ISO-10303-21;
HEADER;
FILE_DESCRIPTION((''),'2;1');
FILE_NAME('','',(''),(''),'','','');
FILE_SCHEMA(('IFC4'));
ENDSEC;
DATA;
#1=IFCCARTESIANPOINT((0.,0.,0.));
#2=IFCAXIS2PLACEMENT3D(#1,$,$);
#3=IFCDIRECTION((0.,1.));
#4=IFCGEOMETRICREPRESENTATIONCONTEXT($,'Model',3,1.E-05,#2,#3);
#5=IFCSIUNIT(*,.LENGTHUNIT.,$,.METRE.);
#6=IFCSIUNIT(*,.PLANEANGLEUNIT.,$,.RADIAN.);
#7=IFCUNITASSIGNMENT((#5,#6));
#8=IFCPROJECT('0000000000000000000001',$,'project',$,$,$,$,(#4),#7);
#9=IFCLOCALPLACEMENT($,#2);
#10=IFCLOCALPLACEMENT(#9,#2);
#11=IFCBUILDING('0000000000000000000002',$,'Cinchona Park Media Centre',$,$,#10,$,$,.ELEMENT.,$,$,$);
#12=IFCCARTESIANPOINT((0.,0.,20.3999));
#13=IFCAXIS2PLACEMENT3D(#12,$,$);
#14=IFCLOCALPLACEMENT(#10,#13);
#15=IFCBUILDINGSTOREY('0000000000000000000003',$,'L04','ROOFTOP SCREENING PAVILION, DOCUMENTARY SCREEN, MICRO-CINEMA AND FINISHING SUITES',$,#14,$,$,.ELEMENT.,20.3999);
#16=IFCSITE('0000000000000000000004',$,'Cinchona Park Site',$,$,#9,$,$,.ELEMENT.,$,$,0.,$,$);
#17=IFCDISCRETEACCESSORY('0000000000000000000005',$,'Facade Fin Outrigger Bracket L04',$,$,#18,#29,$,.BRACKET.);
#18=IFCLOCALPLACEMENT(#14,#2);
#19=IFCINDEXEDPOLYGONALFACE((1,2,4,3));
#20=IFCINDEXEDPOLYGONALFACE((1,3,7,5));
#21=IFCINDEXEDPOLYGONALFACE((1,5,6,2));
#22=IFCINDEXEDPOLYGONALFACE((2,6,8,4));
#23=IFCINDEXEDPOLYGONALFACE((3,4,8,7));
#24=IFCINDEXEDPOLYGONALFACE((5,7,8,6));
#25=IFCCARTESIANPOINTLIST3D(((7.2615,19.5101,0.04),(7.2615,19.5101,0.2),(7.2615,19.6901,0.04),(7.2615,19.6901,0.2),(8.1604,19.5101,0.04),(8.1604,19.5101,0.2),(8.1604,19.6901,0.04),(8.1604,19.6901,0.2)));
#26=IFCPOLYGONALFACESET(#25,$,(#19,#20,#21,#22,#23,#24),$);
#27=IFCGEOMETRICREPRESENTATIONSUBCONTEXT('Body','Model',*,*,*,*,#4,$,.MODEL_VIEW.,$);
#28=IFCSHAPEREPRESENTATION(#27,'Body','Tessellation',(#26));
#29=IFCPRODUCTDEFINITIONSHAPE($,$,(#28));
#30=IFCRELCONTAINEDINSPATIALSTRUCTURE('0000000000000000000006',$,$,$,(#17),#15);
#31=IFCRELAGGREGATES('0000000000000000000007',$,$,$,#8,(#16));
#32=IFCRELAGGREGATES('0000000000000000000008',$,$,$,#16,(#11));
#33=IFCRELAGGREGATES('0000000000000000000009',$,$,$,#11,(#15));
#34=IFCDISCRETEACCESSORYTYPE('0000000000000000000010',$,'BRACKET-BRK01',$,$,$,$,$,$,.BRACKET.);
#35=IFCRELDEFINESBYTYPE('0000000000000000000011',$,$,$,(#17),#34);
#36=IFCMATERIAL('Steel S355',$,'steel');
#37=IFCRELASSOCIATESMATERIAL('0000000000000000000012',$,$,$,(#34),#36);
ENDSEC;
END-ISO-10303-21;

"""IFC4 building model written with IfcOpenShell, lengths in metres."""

from ifc_helpers import new_model, si_unit, direction, frame, origin, origin_2d, place, context, subcontext, project, spatial, rectangle, extrude, material, type_object, element, save


model = new_model("IFC4")

# Units and contexts
model_context = context("Model", 3, precision=1e-05, world=origin(), true_north=direction((0.0, 1.0)))
body_context = subcontext(model_context, "Body", "Model", "MODEL_VIEW")
ifc_project = project(units=[si_unit("LENGTHUNIT", "METRE"), si_unit("PLANEANGLEUNIT", "RADIAN")], contexts=[model_context])

# Site, building, storey
site_placement = place(None, origin())
site = spatial("IfcSite", under=ifc_project, at=site_placement, Name="Cinchona Park Site", CompositionType="ELEMENT", RefElevation=0.0)
building_placement = place(site_placement, origin())
building = spatial("IfcBuilding", under=site, at=building_placement, Name="Cinchona Park Media Centre", CompositionType="ELEMENT")
storey_placement = place(building_placement, frame((0.0, 0.0, 20.3999)))
storey = spatial("IfcBuildingStorey", under=building, at=storey_placement, Name="L04", Description="ROOFTOP SCREENING PAVILION, DOCUMENTARY SCREEN, MICRO-CINEMA AND FINISHING SUITES", CompositionType="ELEMENT", Elevation=20.3999)

# Discrete accessory
ifc_material_1 = material(Name="Steel S355", Category="steel")
discrete_accessory_type = type_object("IfcDiscreteAccessoryType", Name="BRACKET-BRK01", PredefinedType="BRACKET", material=ifc_material_1)
discrete_accessory_1_placement = place(storey_placement, frame((7.7109, 19.6001, 0.04), z_axis=(0.0, 0.0, 1.0), x_axis=(0.0, -1.0, 0.0)))
element("IfcDiscreteAccessory", 1, at=discrete_accessory_1_placement, inside=storey, type_object=discrete_accessory_type, Name="Facade Fin Outrigger Bracket L04", PredefinedType="BRACKET", context=body_context, shape_type="SweptSolid", body=[
    extrude(rectangle(XDim=0.1799, YDim=0.8989, at=origin_2d()), origin(), (0.0, 0.0, 1.0), 0.1599),
])

save(model, "model.ifc")
